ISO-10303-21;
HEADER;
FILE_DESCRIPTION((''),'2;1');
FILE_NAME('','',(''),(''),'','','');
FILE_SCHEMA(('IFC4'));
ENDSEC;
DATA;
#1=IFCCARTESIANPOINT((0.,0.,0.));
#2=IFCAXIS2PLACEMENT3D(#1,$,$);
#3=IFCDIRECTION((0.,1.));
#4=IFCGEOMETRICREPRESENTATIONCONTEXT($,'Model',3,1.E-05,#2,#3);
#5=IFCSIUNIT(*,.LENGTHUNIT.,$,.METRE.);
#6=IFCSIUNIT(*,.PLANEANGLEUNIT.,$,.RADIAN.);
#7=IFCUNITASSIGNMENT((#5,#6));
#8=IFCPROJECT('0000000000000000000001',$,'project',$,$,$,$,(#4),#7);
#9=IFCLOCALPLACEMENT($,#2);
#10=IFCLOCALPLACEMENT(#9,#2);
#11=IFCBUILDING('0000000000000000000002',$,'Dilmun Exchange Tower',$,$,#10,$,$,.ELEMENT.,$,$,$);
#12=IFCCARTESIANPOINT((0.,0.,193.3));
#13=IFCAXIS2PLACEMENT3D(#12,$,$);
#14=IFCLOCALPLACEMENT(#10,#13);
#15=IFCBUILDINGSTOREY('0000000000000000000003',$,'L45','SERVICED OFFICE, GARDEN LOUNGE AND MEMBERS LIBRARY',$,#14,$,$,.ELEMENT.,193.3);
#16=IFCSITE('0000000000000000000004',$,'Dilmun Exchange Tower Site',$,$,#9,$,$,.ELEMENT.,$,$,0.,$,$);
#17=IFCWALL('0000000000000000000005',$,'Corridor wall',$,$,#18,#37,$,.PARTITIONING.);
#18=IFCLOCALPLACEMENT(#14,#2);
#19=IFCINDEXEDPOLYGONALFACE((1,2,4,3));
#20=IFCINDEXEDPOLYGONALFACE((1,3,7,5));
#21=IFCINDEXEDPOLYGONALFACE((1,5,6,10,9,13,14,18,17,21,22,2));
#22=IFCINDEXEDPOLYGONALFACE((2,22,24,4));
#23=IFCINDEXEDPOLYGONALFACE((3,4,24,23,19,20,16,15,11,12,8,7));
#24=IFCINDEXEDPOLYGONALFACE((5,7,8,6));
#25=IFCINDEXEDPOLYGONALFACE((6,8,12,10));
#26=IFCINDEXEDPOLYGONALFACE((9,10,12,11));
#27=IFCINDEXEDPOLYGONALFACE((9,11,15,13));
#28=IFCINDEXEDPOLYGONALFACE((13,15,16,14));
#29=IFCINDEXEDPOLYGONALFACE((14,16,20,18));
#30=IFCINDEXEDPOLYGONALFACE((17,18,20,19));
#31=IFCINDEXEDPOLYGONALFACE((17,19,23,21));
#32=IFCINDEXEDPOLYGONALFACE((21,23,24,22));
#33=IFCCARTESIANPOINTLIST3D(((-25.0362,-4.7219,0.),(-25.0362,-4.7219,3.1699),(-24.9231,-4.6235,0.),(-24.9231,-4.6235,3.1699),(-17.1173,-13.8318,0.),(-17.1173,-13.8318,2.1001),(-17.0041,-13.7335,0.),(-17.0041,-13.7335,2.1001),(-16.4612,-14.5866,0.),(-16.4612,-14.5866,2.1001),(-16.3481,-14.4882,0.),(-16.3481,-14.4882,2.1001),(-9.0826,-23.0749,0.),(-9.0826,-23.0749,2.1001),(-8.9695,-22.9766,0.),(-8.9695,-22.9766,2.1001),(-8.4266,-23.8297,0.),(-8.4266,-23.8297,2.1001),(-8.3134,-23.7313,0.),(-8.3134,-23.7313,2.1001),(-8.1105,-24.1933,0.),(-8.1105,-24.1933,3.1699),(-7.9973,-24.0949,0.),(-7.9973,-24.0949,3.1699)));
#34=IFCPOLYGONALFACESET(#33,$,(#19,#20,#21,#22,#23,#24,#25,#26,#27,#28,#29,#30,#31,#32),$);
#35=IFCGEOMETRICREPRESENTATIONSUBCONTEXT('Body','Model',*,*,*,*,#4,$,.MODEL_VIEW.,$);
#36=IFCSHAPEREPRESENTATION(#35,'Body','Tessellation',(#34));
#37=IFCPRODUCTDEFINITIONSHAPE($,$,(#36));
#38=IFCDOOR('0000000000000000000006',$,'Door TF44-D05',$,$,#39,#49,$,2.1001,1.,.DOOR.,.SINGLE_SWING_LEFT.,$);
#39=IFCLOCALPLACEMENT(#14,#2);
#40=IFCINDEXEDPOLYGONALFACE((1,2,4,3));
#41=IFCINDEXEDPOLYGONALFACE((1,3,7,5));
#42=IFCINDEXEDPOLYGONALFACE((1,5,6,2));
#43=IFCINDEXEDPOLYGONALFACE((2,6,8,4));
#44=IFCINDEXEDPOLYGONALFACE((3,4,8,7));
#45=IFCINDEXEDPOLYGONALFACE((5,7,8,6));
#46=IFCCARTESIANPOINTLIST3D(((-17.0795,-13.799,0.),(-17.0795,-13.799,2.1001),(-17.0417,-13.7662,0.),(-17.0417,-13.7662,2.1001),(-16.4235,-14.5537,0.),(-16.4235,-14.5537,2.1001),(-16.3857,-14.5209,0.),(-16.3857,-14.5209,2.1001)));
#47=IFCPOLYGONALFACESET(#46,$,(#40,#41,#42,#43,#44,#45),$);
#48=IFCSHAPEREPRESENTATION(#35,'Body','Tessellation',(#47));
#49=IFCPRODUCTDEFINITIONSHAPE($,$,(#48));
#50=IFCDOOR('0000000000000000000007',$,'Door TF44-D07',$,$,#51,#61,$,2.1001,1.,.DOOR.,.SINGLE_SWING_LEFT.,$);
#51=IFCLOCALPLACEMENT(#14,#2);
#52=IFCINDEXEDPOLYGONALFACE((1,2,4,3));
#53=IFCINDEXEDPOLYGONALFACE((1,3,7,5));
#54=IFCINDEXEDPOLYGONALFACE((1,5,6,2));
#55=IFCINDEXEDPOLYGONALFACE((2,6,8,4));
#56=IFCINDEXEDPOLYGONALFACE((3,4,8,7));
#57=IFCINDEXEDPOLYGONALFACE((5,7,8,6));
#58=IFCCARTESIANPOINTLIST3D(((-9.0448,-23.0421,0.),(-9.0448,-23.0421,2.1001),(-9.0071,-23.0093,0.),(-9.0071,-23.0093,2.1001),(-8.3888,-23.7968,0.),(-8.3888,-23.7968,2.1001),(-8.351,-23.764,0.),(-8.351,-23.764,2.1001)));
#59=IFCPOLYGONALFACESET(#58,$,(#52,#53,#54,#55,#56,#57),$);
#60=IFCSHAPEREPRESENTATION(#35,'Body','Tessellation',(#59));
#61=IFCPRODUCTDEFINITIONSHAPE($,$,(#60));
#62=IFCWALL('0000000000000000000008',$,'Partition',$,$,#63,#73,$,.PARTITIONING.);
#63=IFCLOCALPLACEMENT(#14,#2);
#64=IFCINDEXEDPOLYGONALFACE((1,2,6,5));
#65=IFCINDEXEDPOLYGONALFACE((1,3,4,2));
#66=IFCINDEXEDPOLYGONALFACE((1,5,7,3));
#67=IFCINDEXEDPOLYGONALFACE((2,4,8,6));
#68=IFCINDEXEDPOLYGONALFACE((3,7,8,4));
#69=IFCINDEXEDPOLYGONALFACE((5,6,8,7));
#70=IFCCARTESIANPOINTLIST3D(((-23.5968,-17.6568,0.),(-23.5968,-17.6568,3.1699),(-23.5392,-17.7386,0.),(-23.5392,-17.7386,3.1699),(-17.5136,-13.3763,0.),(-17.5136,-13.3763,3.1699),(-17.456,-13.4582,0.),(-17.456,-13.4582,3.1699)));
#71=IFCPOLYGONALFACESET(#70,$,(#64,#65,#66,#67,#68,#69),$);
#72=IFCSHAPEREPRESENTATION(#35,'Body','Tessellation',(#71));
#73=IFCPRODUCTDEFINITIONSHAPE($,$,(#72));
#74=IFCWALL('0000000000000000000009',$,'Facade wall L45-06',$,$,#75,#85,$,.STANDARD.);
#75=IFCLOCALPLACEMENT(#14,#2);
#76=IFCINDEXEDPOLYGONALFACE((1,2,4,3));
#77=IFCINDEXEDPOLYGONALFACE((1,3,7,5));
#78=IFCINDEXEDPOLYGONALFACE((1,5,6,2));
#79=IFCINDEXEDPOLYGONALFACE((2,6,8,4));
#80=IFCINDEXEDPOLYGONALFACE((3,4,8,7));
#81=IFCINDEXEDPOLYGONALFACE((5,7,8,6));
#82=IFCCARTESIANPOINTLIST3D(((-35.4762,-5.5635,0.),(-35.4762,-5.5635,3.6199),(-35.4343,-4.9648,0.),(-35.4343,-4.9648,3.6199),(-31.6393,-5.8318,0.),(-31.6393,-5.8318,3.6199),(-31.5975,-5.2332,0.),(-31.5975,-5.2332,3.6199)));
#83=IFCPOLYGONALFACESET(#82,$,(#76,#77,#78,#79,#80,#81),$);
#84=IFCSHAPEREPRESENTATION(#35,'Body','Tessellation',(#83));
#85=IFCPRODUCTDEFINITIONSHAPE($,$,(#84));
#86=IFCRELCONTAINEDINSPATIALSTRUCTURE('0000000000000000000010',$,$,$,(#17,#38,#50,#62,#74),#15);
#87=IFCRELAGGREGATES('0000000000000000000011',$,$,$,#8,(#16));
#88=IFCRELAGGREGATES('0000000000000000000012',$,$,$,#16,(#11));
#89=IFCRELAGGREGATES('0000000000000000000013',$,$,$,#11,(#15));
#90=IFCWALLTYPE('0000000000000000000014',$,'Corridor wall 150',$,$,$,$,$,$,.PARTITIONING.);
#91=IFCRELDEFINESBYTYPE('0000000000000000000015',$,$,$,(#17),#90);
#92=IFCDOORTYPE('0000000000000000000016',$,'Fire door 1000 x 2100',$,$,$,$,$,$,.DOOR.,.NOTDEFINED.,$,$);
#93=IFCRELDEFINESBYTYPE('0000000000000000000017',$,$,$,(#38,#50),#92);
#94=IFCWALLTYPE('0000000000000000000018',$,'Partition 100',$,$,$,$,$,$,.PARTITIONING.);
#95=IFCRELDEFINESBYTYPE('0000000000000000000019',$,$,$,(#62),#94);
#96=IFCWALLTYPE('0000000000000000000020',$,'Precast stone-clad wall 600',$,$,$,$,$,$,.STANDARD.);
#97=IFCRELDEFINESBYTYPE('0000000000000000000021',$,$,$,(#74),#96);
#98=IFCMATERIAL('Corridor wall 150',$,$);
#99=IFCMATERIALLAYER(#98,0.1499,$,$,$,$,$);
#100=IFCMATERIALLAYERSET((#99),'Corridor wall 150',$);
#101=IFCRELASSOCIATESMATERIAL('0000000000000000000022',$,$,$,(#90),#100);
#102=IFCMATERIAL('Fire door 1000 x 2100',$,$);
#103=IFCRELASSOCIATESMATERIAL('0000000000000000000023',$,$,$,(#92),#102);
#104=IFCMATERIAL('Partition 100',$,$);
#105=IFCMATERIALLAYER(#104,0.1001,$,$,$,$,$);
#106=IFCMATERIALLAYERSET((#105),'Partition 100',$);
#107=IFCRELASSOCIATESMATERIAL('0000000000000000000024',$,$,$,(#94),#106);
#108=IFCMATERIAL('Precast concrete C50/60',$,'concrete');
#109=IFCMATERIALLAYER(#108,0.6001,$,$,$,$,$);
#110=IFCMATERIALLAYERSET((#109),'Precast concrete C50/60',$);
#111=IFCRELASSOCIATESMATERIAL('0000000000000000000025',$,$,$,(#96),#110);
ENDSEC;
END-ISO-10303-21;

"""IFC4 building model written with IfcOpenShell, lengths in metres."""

from ifc_helpers import new_model, si_unit, direction, frame, frame_2d, origin, place, context, subcontext, project, spatial, rectangle, extrude, material, layer, layer_set, type_object, element, fill, save


model = new_model("IFC4")

# Units and contexts
model_context = context("Model", 3, precision=1e-05, world=origin(), true_north=direction((0.0, 1.0)))
body_context = subcontext(model_context, "Body", "Model", "MODEL_VIEW")
ifc_project = project(units=[si_unit("LENGTHUNIT", "METRE"), si_unit("PLANEANGLEUNIT", "RADIAN")], contexts=[model_context])

# Site, building, storey
site_placement = place(None, origin())
site = spatial("IfcSite", under=ifc_project, at=site_placement, Name="Dilmun Exchange Tower Site", CompositionType="ELEMENT", RefElevation=0.0)
building_placement = place(site_placement, origin())
building = spatial("IfcBuilding", under=site, at=building_placement, Name="Dilmun Exchange Tower", CompositionType="ELEMENT")
storey_placement = place(building_placement, frame((0.0, 0.0, 193.3)))
storey = spatial("IfcBuildingStorey", under=building, at=storey_placement, Name="L45", Description="SERVICED OFFICE, GARDEN LOUNGE AND MEMBERS LIBRARY", CompositionType="ELEMENT", Elevation=193.3)

# Shared definitions
ifc_material_1 = material(Name="Corridor wall 150")
ifc_layer_1 = layer(ifc_material_1, 0.1499)
ifc_layer_set_1 = layer_set([ifc_layer_1], Name="Corridor wall 150")
wall_type_1 = type_object("IfcWallType", Name="Corridor wall 150", PredefinedType="PARTITIONING", material=ifc_layer_set_1)

# Wall, openings, doors
wall_1_placement = place(storey_placement, frame((-24.9797, -4.6726, 0.0), z_axis=(0.0, 0.0, 1.0), x_axis=(0.656048, -0.754719, 0.0)))
wall_1 = element("IfcWall", 1, at=wall_1_placement, inside=storey, type_object=wall_type_1, Name="Corridor wall", PredefinedType="PARTITIONING", context=body_context, shape_type="SweptSolid", body=[
    extrude(rectangle(XDim=25.7996, YDim=0.1499, at=frame_2d((12.8999, 0.0))), origin(), (0.0, 0.0, 1.0), 3.1699),
])
opening_1_placement = place(wall_1_placement, frame((12.0708, 0.0, 0.0)))
opening_1 = element("IfcOpeningElement", 2, at=opening_1_placement, cuts=wall_1, PredefinedType="OPENING", context=body_context, shape_type="SweptSolid", body=[
    extrude(rectangle(XDim=1.0, YDim=2.1001, at=frame_2d((0.5, 1.05))), frame((0.0, 0.085, 0.0), z_axis=(0.0, -1.0, 0.0), x_axis=(1.0, 0.0, 0.0)), (0.0, 0.0, 1.0), 0.1699),
])
opening_2_placement = place(wall_1_placement, frame((24.3179, 0.0, 0.0)))
opening_2 = element("IfcOpeningElement", 3, at=opening_2_placement, cuts=wall_1, PredefinedType="OPENING", context=body_context, shape_type="SweptSolid", body=[
    extrude(rectangle(XDim=1.0, YDim=2.1001, at=frame_2d((0.5, 1.05))), frame((0.0, 0.085, 0.0), z_axis=(0.0, -1.0, 0.0), x_axis=(1.0, 0.0, 0.0)), (0.0, 0.0, 1.0), 0.1699),
])
ifc_material_2 = material(Name="Fire door 1000 x 2100")
door_type = type_object("IfcDoorType", Name="Fire door 1000 x 2100", OperationType="NOTDEFINED", PredefinedType="DOOR", material=ifc_material_2)
door_1_placement = place(opening_1_placement, frame((1.0, 0.0, 0.0), z_axis=(0.0, 0.0, 1.0), x_axis=(-1.0, 0.0, 0.0)))
door_1 = element("IfcDoor", 4, at=door_1_placement, inside=storey, type_object=door_type, Name="Door TF44-D05", OperationType="SINGLE_SWING_LEFT", OverallHeight=2.1001, OverallWidth=1.0, PredefinedType="DOOR", context=body_context, shape_type="SweptSolid", body=[
    extrude(rectangle(XDim=1.0, YDim=2.1001, at=frame_2d((0.5, 1.05))), frame((0.0, 0.0249, 0.0), z_axis=(0.0, -1.0, 0.0), x_axis=(1.0, 0.0, 0.0)), (0.0, 0.0, 1.0), 0.05),
])
fill(opening_1, door_1)
door_2_placement = place(opening_2_placement, frame((1.0, 0.0, 0.0), z_axis=(0.0, 0.0, 1.0), x_axis=(-1.0, 0.0, 0.0)))
door_2 = element("IfcDoor", 5, at=door_2_placement, inside=storey, type_object=door_type, Name="Door TF44-D07", OperationType="SINGLE_SWING_LEFT", OverallHeight=2.1001, OverallWidth=1.0, PredefinedType="DOOR", context=body_context, shape_type="SweptSolid", body=[
    extrude(rectangle(XDim=1.0, YDim=2.1001, at=frame_2d((0.5, 1.05))), frame((0.0, 0.0249, 0.0), z_axis=(0.0, -1.0, 0.0), x_axis=(1.0, 0.0, 0.0)), (0.0, 0.0, 1.0), 0.05),
])
fill(opening_2, door_2)

# Walls
ifc_material_3 = material(Name="Partition 100")
ifc_layer_2 = layer(ifc_material_3, 0.1001)
ifc_layer_set_2 = layer_set([ifc_layer_2], Name="Partition 100")
wall_type_2 = type_object("IfcWallType", Name="Partition 100", PredefinedType="PARTITIONING", material=ifc_layer_set_2)
wall_2_placement = place(storey_placement, frame((-23.5681, -17.6978, 0.0), z_axis=(0.0, 0.0, 1.0), x_axis=(0.817825, 0.575467, 0.0)))
element("IfcWall", 6, at=wall_2_placement, inside=storey, type_object=wall_type_2, Name="Partition", PredefinedType="PARTITIONING", context=body_context, shape_type="SweptSolid", body=[
    extrude(rectangle(XDim=7.4382, YDim=0.1001, at=frame_2d((3.7192, 0.0))), origin(), (0.0, 0.0, 1.0), 3.1699),
])
ifc_material_4 = material(Name="Precast concrete C50/60", Category="concrete")
ifc_layer_3 = layer(ifc_material_4, 0.6001)
ifc_layer_set_3 = layer_set([ifc_layer_3], Name="Precast concrete C50/60")
wall_type_3 = type_object("IfcWallType", Name="Precast stone-clad wall 600", PredefinedType="STANDARD", material=ifc_layer_set_3)
wall_3_placement = place(storey_placement, frame((-31.6184, -5.5325, 0.0), z_axis=(0.0, 0.0, 1.0), x_axis=(-0.997564, 0.069758, 0.0)))
element("IfcWall", 7, at=wall_3_placement, inside=storey, type_object=wall_type_3, Name="Facade wall L45-06", PredefinedType="STANDARD", context=body_context, shape_type="SweptSolid", body=[
    extrude(rectangle(XDim=3.8462, YDim=0.6001, at=frame_2d((1.9231, 0.0))), origin(), (0.0, 0.0, 1.0), 3.6199),
])

save(model, "model.ifc")
